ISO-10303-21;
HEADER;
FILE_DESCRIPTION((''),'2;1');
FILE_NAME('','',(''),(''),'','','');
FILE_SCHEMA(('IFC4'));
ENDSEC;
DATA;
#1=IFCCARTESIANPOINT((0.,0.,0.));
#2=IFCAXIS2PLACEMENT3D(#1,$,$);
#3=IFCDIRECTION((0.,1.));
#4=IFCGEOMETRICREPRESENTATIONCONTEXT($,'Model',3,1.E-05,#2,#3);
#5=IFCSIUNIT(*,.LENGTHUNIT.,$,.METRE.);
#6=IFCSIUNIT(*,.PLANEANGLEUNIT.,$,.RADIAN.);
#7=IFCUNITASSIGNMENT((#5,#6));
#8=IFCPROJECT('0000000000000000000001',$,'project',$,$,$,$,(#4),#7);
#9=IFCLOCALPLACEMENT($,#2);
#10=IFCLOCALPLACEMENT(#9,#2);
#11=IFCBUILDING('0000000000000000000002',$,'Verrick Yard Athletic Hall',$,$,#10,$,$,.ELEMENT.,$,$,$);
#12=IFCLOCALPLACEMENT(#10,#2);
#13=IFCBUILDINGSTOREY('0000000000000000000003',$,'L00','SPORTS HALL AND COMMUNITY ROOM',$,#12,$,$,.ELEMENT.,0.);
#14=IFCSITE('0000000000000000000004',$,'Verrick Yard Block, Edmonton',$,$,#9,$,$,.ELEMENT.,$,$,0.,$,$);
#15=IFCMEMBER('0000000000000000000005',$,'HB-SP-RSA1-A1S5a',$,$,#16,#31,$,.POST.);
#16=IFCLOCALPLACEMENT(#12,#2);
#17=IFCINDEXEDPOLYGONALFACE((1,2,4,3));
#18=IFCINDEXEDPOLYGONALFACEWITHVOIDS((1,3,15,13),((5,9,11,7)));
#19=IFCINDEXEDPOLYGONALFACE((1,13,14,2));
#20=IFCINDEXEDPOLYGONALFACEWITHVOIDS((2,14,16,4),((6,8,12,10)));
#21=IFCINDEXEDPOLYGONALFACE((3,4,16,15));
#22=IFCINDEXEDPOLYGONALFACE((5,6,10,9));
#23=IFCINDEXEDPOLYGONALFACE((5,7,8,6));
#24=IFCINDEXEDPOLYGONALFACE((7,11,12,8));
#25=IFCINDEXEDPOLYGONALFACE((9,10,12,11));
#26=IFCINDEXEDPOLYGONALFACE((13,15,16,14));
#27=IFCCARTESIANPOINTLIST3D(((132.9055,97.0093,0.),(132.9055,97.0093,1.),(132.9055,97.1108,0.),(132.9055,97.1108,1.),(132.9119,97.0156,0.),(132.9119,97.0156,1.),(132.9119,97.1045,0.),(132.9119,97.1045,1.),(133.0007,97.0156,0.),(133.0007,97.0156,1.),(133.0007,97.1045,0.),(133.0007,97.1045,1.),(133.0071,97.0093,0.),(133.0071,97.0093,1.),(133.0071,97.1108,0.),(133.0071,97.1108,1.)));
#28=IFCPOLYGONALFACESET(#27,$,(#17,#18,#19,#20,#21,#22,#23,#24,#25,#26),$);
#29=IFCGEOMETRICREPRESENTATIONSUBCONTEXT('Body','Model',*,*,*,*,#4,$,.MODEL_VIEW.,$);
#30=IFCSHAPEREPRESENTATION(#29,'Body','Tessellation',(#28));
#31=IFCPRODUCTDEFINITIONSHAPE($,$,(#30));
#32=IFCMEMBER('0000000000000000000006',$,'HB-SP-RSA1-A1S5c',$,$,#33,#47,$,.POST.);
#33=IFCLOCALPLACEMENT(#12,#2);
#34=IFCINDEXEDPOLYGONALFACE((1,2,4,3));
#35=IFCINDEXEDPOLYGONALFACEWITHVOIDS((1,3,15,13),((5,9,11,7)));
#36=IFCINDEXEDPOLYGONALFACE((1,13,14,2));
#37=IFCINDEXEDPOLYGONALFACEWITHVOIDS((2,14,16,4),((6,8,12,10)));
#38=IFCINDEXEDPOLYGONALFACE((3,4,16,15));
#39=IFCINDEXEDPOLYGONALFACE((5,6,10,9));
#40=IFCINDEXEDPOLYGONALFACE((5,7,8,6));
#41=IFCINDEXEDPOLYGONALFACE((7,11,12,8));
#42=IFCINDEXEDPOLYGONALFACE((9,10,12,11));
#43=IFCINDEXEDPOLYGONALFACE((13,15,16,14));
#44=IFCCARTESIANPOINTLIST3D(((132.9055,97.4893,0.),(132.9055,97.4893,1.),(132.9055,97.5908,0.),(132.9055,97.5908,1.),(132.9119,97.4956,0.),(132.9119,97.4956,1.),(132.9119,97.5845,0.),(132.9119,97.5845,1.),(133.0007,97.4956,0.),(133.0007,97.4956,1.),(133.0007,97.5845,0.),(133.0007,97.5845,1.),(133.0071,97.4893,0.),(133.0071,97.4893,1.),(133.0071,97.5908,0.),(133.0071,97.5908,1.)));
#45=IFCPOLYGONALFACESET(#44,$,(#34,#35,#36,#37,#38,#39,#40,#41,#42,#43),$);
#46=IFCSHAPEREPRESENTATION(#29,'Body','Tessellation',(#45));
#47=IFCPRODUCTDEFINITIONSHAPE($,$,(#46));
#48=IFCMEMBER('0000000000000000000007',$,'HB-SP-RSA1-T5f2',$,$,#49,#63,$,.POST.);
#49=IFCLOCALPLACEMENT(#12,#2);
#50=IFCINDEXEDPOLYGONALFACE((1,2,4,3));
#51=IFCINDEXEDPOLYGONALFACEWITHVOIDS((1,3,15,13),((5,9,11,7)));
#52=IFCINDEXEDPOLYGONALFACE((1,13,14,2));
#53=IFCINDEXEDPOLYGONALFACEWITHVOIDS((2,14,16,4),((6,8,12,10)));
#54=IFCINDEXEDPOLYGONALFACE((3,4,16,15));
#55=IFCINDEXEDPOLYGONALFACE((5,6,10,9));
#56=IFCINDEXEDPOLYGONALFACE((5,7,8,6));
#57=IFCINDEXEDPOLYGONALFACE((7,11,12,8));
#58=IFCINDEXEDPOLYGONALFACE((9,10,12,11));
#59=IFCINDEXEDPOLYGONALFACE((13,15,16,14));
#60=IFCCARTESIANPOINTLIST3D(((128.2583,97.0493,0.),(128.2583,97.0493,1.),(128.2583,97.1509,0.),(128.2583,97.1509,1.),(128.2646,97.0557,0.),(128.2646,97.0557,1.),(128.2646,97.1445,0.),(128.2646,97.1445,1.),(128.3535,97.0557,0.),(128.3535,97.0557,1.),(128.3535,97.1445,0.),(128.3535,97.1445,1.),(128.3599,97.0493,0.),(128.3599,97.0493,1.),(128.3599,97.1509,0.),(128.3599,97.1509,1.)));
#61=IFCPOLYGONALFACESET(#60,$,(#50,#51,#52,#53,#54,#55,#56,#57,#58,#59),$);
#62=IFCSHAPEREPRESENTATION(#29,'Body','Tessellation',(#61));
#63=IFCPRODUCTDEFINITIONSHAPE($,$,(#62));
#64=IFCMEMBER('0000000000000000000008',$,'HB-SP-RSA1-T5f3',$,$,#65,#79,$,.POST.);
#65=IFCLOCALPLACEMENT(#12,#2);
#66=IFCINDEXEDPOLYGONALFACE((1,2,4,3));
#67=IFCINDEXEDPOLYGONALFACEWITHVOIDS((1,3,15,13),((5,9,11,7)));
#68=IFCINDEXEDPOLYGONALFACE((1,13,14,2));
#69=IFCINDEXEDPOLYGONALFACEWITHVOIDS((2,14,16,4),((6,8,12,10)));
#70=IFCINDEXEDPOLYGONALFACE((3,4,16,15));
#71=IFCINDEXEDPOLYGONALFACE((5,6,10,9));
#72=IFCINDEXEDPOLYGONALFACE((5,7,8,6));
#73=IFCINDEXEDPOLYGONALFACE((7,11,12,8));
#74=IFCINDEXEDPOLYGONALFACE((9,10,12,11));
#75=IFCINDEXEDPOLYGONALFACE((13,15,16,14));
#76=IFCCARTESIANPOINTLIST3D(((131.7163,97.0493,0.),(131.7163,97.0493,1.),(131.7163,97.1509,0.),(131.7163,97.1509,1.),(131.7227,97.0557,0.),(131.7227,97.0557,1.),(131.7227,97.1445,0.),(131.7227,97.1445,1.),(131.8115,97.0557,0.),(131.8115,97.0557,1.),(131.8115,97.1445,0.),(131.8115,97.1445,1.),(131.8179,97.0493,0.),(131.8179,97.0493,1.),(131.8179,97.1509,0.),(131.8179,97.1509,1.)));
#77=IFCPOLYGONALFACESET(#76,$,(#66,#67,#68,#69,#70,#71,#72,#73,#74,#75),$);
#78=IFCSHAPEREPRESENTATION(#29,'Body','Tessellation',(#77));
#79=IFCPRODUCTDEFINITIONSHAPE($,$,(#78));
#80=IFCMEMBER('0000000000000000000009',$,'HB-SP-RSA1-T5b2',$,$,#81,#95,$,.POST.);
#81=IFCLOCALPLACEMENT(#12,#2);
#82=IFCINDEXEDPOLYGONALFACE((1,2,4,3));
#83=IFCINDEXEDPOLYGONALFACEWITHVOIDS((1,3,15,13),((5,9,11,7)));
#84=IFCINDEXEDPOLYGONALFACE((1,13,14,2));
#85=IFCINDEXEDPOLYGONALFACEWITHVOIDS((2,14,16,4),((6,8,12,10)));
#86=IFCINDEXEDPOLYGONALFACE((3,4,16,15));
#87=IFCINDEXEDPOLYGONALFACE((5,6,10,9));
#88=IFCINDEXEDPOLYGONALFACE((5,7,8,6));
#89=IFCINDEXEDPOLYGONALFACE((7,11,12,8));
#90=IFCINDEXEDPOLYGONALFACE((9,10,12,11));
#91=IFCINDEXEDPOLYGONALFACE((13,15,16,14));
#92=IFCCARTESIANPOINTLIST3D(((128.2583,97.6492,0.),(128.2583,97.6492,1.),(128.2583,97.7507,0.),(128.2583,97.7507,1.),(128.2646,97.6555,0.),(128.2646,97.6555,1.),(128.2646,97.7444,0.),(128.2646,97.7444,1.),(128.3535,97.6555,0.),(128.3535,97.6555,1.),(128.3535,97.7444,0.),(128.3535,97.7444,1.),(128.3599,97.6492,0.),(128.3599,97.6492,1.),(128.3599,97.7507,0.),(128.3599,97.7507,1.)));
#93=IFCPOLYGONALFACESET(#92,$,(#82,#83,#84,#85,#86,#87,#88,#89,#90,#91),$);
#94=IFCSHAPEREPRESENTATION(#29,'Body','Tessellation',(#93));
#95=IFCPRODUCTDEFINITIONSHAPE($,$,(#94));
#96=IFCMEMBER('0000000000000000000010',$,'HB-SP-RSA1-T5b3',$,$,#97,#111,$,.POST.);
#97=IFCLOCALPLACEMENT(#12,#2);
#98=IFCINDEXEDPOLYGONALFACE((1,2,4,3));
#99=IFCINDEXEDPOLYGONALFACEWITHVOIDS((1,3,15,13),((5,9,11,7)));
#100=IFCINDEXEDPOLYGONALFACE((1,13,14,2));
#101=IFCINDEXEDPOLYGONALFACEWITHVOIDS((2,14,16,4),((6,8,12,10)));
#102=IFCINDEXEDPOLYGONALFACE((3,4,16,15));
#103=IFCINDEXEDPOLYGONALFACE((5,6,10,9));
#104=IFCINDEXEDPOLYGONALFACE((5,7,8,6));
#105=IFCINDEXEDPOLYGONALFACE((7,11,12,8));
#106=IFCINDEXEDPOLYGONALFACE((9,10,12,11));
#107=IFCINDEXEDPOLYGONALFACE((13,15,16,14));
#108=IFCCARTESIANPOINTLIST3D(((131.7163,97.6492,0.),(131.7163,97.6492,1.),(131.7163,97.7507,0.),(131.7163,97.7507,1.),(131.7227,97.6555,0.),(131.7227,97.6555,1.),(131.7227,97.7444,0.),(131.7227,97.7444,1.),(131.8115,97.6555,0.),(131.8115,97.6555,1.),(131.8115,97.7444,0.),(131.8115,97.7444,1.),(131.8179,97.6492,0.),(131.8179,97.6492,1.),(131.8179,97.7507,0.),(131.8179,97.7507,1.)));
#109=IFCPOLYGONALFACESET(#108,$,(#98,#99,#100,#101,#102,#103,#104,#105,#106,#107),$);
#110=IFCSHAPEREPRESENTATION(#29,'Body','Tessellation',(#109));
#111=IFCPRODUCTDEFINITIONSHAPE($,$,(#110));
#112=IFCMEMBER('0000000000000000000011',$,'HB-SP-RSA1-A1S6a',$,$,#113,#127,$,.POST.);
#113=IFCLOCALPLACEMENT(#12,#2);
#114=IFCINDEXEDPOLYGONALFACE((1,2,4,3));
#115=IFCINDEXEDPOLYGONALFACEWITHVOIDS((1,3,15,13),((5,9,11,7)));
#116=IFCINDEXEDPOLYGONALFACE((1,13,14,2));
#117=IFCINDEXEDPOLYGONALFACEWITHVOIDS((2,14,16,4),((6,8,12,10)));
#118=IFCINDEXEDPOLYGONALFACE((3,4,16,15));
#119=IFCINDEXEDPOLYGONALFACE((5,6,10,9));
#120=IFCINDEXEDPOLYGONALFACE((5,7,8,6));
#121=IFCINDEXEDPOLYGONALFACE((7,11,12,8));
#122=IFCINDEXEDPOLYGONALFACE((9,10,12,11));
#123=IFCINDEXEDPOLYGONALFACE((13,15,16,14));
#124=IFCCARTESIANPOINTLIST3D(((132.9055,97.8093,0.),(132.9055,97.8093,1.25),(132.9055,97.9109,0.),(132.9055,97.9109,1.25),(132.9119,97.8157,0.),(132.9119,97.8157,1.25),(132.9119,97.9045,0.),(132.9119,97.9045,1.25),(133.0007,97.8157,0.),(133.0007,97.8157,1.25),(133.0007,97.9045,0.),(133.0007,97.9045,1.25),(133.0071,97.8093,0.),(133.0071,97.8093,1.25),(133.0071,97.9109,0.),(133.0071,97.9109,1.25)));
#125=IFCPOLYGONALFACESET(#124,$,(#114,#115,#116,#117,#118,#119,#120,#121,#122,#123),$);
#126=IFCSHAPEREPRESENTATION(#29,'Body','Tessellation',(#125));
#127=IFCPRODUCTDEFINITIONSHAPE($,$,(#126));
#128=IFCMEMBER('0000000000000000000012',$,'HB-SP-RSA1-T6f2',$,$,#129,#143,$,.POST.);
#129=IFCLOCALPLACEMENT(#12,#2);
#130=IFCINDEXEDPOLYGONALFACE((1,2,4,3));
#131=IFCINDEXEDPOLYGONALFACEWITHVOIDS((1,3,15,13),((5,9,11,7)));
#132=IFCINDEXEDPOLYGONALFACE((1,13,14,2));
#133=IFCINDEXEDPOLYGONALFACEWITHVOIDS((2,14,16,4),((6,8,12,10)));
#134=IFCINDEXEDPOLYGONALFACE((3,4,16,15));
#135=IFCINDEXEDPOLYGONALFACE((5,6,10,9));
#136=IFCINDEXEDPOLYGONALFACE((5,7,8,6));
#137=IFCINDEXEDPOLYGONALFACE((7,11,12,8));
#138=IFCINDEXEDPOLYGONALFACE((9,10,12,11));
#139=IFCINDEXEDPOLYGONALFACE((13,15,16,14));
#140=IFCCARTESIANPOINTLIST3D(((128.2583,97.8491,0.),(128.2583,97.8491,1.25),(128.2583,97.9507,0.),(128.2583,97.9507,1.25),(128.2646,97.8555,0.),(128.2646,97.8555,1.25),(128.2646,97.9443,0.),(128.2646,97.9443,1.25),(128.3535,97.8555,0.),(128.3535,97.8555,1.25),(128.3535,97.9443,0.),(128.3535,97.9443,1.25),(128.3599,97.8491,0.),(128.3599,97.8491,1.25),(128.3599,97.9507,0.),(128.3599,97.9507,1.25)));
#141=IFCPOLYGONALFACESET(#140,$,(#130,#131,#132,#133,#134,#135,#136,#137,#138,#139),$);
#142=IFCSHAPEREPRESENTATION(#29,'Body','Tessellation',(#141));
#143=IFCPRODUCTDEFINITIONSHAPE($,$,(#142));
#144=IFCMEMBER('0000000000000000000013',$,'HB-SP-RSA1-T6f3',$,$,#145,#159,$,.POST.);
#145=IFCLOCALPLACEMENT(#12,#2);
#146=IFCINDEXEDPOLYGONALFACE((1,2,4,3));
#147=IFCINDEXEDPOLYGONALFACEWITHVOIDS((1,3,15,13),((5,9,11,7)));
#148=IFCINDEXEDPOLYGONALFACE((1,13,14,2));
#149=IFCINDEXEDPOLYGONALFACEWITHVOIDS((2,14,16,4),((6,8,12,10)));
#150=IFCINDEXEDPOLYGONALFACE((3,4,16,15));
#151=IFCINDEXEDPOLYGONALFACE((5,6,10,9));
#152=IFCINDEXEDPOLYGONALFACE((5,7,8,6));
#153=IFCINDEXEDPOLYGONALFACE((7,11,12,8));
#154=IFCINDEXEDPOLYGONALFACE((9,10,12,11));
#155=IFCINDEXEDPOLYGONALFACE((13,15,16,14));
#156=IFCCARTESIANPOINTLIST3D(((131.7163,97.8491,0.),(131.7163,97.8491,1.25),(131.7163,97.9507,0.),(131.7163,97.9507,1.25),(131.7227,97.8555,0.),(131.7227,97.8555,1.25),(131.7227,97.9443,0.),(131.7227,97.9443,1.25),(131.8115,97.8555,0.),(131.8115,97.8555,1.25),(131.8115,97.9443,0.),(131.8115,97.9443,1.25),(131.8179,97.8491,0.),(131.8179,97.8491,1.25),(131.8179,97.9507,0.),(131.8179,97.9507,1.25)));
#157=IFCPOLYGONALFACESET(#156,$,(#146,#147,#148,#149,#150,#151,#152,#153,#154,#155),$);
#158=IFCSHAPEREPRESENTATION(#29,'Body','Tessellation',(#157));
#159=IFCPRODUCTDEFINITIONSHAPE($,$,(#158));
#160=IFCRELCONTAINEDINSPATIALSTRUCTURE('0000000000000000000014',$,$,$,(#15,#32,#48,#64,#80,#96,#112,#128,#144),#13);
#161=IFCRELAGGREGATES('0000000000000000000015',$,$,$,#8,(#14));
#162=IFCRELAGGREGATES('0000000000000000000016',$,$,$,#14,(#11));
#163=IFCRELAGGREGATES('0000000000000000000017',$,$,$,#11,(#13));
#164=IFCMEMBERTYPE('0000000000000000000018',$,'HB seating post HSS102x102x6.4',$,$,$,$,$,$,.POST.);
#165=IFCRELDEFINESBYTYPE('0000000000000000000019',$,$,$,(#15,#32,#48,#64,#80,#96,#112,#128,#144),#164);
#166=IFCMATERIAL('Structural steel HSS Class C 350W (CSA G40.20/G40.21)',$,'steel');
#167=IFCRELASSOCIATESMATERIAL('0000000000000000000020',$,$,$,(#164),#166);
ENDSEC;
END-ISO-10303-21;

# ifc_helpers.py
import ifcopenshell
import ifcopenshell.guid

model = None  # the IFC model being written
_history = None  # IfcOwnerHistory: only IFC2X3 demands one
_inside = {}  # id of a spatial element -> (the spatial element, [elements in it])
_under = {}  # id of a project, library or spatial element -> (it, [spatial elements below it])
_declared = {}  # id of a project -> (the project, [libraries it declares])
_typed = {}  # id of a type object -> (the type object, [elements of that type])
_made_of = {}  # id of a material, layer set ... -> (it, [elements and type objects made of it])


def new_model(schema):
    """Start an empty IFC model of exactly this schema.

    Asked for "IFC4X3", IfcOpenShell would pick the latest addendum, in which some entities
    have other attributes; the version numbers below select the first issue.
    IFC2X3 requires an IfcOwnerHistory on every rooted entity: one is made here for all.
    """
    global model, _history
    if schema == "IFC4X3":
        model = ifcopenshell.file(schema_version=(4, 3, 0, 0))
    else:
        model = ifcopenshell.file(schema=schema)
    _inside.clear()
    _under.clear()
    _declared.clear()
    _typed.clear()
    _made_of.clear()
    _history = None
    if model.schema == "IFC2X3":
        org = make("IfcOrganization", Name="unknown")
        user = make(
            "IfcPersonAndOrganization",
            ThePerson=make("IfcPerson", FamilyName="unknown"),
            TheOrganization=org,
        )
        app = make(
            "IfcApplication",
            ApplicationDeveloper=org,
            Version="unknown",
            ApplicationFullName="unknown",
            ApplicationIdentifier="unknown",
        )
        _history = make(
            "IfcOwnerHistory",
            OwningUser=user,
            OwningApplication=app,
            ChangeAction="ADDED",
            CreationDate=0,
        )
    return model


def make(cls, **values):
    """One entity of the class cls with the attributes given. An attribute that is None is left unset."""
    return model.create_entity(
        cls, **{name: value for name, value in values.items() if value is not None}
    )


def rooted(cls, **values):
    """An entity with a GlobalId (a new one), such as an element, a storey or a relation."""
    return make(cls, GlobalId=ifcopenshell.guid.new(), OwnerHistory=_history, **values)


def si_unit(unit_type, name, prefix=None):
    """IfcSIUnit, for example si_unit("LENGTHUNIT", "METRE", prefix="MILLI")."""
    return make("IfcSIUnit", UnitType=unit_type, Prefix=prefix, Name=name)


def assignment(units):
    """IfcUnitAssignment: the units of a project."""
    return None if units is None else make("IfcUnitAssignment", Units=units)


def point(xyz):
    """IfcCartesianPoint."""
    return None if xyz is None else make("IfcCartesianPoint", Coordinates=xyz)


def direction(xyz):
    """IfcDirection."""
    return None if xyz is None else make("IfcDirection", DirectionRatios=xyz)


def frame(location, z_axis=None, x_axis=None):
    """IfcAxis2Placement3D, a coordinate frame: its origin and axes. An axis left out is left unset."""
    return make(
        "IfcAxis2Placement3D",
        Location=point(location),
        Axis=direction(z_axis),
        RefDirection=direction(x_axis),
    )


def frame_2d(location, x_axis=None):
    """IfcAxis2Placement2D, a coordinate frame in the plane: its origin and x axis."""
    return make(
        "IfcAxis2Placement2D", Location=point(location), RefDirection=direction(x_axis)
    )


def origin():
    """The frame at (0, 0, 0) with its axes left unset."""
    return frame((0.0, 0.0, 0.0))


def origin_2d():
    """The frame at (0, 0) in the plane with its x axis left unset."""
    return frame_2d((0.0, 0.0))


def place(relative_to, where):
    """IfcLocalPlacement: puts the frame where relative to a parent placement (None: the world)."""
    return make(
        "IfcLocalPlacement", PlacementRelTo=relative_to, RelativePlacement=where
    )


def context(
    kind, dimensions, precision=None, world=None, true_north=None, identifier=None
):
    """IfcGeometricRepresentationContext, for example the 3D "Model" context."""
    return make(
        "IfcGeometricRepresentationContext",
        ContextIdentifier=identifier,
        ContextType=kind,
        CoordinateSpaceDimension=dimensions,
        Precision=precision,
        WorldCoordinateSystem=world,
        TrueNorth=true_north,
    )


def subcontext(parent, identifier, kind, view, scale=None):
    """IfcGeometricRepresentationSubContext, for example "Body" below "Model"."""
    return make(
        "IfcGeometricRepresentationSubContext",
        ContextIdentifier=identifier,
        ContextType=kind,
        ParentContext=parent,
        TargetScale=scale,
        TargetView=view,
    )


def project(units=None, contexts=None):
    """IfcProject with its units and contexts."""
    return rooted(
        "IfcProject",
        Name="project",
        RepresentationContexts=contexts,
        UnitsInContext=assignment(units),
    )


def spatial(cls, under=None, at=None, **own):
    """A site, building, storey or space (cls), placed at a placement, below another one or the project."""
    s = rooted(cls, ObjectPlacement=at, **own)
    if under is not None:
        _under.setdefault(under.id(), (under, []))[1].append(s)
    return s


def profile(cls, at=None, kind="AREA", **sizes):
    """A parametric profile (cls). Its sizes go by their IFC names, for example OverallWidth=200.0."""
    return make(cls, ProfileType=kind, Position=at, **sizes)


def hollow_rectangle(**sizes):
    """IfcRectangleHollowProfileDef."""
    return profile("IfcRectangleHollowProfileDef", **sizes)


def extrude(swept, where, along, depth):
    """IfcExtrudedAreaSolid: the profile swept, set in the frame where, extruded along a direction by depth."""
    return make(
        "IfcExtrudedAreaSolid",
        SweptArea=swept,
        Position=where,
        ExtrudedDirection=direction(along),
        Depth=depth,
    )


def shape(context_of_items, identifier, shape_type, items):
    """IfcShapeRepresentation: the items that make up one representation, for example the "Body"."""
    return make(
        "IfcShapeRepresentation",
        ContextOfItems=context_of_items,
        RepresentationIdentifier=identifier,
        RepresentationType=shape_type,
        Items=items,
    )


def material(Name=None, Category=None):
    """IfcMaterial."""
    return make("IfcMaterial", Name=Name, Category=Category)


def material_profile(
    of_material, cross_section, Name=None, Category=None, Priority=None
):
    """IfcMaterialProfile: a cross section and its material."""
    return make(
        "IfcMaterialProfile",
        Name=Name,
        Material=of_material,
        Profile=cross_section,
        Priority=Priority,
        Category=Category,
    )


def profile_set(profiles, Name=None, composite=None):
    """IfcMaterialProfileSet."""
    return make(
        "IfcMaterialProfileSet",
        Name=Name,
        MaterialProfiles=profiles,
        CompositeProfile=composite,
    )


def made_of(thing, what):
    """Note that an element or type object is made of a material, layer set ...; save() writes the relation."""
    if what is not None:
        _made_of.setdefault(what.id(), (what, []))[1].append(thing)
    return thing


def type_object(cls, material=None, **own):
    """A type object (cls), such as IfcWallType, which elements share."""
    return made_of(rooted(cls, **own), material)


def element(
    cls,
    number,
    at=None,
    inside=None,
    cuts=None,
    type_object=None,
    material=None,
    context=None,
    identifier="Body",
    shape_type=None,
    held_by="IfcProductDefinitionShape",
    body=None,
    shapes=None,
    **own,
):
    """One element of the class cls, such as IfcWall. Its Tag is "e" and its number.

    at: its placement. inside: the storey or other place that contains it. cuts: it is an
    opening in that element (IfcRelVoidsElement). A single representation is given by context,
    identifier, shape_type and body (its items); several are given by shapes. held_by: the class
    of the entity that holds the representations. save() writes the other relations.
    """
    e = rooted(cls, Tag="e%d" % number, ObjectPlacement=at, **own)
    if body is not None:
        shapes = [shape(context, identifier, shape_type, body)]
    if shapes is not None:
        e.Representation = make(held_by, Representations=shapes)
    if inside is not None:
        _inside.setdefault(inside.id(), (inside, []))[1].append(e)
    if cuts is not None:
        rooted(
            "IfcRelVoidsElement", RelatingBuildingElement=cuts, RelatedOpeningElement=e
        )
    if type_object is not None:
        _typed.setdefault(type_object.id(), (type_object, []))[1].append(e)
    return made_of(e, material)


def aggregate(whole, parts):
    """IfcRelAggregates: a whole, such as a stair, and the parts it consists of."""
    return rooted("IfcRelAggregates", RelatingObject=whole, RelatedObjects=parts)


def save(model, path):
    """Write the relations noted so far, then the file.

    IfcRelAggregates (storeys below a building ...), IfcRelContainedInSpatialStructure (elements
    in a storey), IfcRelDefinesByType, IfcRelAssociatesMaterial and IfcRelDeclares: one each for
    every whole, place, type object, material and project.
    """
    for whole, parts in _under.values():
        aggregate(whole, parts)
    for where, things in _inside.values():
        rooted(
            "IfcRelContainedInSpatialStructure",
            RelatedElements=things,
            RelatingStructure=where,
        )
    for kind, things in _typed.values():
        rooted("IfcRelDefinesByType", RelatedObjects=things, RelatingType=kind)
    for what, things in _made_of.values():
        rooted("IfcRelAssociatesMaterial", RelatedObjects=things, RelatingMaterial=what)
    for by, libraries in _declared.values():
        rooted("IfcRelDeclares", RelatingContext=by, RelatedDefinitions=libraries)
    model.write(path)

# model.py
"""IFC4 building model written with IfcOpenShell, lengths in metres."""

from ifc_helpers import new_model, si_unit, direction, frame, origin, origin_2d, place, context, subcontext, project, spatial, hollow_rectangle, extrude, material, material_profile, profile_set, type_object, element, save


model = new_model("IFC4")

# Units and contexts
model_context = context("Model", 3, precision=1e-05, world=origin(), true_north=direction((0.0, 1.0)))
body_context = subcontext(model_context, "Body", "Model", "MODEL_VIEW")
ifc_project = project(units=[si_unit("LENGTHUNIT", "METRE"), si_unit("PLANEANGLEUNIT", "RADIAN")], contexts=[model_context])

# Site, building, storey
site_placement = place(None, origin())
site = spatial("IfcSite", under=ifc_project, at=site_placement, Name="Verrick Yard Block, Edmonton", CompositionType="ELEMENT", RefElevation=0.0)
building_placement = place(site_placement, origin())
building = spatial("IfcBuilding", under=site, at=building_placement, Name="Verrick Yard Athletic Hall", CompositionType="ELEMENT")
storey_placement = place(building_placement, origin())
storey = spatial("IfcBuildingStorey", under=building, at=storey_placement, Name="L00", Description="SPORTS HALL AND COMMUNITY ROOM", CompositionType="ELEMENT", Elevation=0.0)

# Members
ifc_material = material(Name="Structural steel HSS Class C 350W (CSA G40.20/G40.21)", Category="steel")
ifc_material_profile = material_profile(ifc_material, hollow_rectangle(XDim=0.1016, YDim=0.1016, WallThickness=0.0063, at=origin_2d()), Name="HSS102x102x6.4")
ifc_profile_set = profile_set([ifc_material_profile], Name="Structural steel HSS Class C 350W (CSA G40.20/G40.21)")
member_type = type_object("IfcMemberType", Name="HB seating post HSS102x102x6.4", PredefinedType="POST", material=ifc_profile_set)
for number, where, z_axis, x_axis, name in (
    (1, (132.9563, 97.0601, 0.0), (0.0, 0.0, 1.0), (0.0, 1.0, 0.0), "HB-SP-RSA1-A1S5a"),
    (2, (132.9563, 97.54, 0.0), (0.0, 0.0, 1.0), (0.0, 1.0, 0.0), "HB-SP-RSA1-A1S5c"),
    (3, (128.3091, 97.1001, 0.0), (0.0, 0.0, 1.0), (0.0, 1.0, 0.0), "HB-SP-RSA1-T5f2"),
    (4, (131.7671, 97.1001, 0.0), (0.0, 0.0, 1.0), (0.0, 1.0, 0.0), "HB-SP-RSA1-T5f3"),
    (5, (128.3091, 97.7, 0.0), (0.0, 0.0, 1.0), (0.0, 1.0, 0.0), "HB-SP-RSA1-T5b2"),
    (6, (131.7671, 97.7, 0.0), (0.0, 0.0, 1.0), (0.0, 1.0, 0.0), "HB-SP-RSA1-T5b3"),
):
    element("IfcMember", number, at=place(storey_placement, frame(where, z_axis=z_axis, x_axis=x_axis)), inside=storey, type_object=member_type, Name=name, PredefinedType="POST", context=body_context, shape_type="SweptSolid", body=[
        extrude(hollow_rectangle(XDim=0.1016, YDim=0.1016, WallThickness=0.0063, at=origin_2d()), origin(), (0.0, 0.0, 1.0), 1.0),
    ])
for number, where, z_axis, x_axis, name in (
    (7, (132.9563, 97.8601, 0.0), (0.0, 0.0, 1.0), (0.0, 1.0, 0.0), "HB-SP-RSA1-A1S6a"),
    (8, (128.3091, 97.8999, 0.0), (0.0, 0.0, 1.0), (0.0, 1.0, 0.0), "HB-SP-RSA1-T6f2"),
    (9, (131.7671, 97.8999, 0.0), (0.0, 0.0, 1.0), (0.0, 1.0, 0.0), "HB-SP-RSA1-T6f3"),
):
    element("IfcMember", number, at=place(storey_placement, frame(where, z_axis=z_axis, x_axis=x_axis)), inside=storey, type_object=member_type, Name=name, PredefinedType="POST", context=body_context, shape_type="SweptSolid", body=[
        extrude(hollow_rectangle(XDim=0.1016, YDim=0.1016, WallThickness=0.0063, at=origin_2d()), origin(), (0.0, 0.0, 1.0), 1.25),
    ])

save(model, "model.ifc")
